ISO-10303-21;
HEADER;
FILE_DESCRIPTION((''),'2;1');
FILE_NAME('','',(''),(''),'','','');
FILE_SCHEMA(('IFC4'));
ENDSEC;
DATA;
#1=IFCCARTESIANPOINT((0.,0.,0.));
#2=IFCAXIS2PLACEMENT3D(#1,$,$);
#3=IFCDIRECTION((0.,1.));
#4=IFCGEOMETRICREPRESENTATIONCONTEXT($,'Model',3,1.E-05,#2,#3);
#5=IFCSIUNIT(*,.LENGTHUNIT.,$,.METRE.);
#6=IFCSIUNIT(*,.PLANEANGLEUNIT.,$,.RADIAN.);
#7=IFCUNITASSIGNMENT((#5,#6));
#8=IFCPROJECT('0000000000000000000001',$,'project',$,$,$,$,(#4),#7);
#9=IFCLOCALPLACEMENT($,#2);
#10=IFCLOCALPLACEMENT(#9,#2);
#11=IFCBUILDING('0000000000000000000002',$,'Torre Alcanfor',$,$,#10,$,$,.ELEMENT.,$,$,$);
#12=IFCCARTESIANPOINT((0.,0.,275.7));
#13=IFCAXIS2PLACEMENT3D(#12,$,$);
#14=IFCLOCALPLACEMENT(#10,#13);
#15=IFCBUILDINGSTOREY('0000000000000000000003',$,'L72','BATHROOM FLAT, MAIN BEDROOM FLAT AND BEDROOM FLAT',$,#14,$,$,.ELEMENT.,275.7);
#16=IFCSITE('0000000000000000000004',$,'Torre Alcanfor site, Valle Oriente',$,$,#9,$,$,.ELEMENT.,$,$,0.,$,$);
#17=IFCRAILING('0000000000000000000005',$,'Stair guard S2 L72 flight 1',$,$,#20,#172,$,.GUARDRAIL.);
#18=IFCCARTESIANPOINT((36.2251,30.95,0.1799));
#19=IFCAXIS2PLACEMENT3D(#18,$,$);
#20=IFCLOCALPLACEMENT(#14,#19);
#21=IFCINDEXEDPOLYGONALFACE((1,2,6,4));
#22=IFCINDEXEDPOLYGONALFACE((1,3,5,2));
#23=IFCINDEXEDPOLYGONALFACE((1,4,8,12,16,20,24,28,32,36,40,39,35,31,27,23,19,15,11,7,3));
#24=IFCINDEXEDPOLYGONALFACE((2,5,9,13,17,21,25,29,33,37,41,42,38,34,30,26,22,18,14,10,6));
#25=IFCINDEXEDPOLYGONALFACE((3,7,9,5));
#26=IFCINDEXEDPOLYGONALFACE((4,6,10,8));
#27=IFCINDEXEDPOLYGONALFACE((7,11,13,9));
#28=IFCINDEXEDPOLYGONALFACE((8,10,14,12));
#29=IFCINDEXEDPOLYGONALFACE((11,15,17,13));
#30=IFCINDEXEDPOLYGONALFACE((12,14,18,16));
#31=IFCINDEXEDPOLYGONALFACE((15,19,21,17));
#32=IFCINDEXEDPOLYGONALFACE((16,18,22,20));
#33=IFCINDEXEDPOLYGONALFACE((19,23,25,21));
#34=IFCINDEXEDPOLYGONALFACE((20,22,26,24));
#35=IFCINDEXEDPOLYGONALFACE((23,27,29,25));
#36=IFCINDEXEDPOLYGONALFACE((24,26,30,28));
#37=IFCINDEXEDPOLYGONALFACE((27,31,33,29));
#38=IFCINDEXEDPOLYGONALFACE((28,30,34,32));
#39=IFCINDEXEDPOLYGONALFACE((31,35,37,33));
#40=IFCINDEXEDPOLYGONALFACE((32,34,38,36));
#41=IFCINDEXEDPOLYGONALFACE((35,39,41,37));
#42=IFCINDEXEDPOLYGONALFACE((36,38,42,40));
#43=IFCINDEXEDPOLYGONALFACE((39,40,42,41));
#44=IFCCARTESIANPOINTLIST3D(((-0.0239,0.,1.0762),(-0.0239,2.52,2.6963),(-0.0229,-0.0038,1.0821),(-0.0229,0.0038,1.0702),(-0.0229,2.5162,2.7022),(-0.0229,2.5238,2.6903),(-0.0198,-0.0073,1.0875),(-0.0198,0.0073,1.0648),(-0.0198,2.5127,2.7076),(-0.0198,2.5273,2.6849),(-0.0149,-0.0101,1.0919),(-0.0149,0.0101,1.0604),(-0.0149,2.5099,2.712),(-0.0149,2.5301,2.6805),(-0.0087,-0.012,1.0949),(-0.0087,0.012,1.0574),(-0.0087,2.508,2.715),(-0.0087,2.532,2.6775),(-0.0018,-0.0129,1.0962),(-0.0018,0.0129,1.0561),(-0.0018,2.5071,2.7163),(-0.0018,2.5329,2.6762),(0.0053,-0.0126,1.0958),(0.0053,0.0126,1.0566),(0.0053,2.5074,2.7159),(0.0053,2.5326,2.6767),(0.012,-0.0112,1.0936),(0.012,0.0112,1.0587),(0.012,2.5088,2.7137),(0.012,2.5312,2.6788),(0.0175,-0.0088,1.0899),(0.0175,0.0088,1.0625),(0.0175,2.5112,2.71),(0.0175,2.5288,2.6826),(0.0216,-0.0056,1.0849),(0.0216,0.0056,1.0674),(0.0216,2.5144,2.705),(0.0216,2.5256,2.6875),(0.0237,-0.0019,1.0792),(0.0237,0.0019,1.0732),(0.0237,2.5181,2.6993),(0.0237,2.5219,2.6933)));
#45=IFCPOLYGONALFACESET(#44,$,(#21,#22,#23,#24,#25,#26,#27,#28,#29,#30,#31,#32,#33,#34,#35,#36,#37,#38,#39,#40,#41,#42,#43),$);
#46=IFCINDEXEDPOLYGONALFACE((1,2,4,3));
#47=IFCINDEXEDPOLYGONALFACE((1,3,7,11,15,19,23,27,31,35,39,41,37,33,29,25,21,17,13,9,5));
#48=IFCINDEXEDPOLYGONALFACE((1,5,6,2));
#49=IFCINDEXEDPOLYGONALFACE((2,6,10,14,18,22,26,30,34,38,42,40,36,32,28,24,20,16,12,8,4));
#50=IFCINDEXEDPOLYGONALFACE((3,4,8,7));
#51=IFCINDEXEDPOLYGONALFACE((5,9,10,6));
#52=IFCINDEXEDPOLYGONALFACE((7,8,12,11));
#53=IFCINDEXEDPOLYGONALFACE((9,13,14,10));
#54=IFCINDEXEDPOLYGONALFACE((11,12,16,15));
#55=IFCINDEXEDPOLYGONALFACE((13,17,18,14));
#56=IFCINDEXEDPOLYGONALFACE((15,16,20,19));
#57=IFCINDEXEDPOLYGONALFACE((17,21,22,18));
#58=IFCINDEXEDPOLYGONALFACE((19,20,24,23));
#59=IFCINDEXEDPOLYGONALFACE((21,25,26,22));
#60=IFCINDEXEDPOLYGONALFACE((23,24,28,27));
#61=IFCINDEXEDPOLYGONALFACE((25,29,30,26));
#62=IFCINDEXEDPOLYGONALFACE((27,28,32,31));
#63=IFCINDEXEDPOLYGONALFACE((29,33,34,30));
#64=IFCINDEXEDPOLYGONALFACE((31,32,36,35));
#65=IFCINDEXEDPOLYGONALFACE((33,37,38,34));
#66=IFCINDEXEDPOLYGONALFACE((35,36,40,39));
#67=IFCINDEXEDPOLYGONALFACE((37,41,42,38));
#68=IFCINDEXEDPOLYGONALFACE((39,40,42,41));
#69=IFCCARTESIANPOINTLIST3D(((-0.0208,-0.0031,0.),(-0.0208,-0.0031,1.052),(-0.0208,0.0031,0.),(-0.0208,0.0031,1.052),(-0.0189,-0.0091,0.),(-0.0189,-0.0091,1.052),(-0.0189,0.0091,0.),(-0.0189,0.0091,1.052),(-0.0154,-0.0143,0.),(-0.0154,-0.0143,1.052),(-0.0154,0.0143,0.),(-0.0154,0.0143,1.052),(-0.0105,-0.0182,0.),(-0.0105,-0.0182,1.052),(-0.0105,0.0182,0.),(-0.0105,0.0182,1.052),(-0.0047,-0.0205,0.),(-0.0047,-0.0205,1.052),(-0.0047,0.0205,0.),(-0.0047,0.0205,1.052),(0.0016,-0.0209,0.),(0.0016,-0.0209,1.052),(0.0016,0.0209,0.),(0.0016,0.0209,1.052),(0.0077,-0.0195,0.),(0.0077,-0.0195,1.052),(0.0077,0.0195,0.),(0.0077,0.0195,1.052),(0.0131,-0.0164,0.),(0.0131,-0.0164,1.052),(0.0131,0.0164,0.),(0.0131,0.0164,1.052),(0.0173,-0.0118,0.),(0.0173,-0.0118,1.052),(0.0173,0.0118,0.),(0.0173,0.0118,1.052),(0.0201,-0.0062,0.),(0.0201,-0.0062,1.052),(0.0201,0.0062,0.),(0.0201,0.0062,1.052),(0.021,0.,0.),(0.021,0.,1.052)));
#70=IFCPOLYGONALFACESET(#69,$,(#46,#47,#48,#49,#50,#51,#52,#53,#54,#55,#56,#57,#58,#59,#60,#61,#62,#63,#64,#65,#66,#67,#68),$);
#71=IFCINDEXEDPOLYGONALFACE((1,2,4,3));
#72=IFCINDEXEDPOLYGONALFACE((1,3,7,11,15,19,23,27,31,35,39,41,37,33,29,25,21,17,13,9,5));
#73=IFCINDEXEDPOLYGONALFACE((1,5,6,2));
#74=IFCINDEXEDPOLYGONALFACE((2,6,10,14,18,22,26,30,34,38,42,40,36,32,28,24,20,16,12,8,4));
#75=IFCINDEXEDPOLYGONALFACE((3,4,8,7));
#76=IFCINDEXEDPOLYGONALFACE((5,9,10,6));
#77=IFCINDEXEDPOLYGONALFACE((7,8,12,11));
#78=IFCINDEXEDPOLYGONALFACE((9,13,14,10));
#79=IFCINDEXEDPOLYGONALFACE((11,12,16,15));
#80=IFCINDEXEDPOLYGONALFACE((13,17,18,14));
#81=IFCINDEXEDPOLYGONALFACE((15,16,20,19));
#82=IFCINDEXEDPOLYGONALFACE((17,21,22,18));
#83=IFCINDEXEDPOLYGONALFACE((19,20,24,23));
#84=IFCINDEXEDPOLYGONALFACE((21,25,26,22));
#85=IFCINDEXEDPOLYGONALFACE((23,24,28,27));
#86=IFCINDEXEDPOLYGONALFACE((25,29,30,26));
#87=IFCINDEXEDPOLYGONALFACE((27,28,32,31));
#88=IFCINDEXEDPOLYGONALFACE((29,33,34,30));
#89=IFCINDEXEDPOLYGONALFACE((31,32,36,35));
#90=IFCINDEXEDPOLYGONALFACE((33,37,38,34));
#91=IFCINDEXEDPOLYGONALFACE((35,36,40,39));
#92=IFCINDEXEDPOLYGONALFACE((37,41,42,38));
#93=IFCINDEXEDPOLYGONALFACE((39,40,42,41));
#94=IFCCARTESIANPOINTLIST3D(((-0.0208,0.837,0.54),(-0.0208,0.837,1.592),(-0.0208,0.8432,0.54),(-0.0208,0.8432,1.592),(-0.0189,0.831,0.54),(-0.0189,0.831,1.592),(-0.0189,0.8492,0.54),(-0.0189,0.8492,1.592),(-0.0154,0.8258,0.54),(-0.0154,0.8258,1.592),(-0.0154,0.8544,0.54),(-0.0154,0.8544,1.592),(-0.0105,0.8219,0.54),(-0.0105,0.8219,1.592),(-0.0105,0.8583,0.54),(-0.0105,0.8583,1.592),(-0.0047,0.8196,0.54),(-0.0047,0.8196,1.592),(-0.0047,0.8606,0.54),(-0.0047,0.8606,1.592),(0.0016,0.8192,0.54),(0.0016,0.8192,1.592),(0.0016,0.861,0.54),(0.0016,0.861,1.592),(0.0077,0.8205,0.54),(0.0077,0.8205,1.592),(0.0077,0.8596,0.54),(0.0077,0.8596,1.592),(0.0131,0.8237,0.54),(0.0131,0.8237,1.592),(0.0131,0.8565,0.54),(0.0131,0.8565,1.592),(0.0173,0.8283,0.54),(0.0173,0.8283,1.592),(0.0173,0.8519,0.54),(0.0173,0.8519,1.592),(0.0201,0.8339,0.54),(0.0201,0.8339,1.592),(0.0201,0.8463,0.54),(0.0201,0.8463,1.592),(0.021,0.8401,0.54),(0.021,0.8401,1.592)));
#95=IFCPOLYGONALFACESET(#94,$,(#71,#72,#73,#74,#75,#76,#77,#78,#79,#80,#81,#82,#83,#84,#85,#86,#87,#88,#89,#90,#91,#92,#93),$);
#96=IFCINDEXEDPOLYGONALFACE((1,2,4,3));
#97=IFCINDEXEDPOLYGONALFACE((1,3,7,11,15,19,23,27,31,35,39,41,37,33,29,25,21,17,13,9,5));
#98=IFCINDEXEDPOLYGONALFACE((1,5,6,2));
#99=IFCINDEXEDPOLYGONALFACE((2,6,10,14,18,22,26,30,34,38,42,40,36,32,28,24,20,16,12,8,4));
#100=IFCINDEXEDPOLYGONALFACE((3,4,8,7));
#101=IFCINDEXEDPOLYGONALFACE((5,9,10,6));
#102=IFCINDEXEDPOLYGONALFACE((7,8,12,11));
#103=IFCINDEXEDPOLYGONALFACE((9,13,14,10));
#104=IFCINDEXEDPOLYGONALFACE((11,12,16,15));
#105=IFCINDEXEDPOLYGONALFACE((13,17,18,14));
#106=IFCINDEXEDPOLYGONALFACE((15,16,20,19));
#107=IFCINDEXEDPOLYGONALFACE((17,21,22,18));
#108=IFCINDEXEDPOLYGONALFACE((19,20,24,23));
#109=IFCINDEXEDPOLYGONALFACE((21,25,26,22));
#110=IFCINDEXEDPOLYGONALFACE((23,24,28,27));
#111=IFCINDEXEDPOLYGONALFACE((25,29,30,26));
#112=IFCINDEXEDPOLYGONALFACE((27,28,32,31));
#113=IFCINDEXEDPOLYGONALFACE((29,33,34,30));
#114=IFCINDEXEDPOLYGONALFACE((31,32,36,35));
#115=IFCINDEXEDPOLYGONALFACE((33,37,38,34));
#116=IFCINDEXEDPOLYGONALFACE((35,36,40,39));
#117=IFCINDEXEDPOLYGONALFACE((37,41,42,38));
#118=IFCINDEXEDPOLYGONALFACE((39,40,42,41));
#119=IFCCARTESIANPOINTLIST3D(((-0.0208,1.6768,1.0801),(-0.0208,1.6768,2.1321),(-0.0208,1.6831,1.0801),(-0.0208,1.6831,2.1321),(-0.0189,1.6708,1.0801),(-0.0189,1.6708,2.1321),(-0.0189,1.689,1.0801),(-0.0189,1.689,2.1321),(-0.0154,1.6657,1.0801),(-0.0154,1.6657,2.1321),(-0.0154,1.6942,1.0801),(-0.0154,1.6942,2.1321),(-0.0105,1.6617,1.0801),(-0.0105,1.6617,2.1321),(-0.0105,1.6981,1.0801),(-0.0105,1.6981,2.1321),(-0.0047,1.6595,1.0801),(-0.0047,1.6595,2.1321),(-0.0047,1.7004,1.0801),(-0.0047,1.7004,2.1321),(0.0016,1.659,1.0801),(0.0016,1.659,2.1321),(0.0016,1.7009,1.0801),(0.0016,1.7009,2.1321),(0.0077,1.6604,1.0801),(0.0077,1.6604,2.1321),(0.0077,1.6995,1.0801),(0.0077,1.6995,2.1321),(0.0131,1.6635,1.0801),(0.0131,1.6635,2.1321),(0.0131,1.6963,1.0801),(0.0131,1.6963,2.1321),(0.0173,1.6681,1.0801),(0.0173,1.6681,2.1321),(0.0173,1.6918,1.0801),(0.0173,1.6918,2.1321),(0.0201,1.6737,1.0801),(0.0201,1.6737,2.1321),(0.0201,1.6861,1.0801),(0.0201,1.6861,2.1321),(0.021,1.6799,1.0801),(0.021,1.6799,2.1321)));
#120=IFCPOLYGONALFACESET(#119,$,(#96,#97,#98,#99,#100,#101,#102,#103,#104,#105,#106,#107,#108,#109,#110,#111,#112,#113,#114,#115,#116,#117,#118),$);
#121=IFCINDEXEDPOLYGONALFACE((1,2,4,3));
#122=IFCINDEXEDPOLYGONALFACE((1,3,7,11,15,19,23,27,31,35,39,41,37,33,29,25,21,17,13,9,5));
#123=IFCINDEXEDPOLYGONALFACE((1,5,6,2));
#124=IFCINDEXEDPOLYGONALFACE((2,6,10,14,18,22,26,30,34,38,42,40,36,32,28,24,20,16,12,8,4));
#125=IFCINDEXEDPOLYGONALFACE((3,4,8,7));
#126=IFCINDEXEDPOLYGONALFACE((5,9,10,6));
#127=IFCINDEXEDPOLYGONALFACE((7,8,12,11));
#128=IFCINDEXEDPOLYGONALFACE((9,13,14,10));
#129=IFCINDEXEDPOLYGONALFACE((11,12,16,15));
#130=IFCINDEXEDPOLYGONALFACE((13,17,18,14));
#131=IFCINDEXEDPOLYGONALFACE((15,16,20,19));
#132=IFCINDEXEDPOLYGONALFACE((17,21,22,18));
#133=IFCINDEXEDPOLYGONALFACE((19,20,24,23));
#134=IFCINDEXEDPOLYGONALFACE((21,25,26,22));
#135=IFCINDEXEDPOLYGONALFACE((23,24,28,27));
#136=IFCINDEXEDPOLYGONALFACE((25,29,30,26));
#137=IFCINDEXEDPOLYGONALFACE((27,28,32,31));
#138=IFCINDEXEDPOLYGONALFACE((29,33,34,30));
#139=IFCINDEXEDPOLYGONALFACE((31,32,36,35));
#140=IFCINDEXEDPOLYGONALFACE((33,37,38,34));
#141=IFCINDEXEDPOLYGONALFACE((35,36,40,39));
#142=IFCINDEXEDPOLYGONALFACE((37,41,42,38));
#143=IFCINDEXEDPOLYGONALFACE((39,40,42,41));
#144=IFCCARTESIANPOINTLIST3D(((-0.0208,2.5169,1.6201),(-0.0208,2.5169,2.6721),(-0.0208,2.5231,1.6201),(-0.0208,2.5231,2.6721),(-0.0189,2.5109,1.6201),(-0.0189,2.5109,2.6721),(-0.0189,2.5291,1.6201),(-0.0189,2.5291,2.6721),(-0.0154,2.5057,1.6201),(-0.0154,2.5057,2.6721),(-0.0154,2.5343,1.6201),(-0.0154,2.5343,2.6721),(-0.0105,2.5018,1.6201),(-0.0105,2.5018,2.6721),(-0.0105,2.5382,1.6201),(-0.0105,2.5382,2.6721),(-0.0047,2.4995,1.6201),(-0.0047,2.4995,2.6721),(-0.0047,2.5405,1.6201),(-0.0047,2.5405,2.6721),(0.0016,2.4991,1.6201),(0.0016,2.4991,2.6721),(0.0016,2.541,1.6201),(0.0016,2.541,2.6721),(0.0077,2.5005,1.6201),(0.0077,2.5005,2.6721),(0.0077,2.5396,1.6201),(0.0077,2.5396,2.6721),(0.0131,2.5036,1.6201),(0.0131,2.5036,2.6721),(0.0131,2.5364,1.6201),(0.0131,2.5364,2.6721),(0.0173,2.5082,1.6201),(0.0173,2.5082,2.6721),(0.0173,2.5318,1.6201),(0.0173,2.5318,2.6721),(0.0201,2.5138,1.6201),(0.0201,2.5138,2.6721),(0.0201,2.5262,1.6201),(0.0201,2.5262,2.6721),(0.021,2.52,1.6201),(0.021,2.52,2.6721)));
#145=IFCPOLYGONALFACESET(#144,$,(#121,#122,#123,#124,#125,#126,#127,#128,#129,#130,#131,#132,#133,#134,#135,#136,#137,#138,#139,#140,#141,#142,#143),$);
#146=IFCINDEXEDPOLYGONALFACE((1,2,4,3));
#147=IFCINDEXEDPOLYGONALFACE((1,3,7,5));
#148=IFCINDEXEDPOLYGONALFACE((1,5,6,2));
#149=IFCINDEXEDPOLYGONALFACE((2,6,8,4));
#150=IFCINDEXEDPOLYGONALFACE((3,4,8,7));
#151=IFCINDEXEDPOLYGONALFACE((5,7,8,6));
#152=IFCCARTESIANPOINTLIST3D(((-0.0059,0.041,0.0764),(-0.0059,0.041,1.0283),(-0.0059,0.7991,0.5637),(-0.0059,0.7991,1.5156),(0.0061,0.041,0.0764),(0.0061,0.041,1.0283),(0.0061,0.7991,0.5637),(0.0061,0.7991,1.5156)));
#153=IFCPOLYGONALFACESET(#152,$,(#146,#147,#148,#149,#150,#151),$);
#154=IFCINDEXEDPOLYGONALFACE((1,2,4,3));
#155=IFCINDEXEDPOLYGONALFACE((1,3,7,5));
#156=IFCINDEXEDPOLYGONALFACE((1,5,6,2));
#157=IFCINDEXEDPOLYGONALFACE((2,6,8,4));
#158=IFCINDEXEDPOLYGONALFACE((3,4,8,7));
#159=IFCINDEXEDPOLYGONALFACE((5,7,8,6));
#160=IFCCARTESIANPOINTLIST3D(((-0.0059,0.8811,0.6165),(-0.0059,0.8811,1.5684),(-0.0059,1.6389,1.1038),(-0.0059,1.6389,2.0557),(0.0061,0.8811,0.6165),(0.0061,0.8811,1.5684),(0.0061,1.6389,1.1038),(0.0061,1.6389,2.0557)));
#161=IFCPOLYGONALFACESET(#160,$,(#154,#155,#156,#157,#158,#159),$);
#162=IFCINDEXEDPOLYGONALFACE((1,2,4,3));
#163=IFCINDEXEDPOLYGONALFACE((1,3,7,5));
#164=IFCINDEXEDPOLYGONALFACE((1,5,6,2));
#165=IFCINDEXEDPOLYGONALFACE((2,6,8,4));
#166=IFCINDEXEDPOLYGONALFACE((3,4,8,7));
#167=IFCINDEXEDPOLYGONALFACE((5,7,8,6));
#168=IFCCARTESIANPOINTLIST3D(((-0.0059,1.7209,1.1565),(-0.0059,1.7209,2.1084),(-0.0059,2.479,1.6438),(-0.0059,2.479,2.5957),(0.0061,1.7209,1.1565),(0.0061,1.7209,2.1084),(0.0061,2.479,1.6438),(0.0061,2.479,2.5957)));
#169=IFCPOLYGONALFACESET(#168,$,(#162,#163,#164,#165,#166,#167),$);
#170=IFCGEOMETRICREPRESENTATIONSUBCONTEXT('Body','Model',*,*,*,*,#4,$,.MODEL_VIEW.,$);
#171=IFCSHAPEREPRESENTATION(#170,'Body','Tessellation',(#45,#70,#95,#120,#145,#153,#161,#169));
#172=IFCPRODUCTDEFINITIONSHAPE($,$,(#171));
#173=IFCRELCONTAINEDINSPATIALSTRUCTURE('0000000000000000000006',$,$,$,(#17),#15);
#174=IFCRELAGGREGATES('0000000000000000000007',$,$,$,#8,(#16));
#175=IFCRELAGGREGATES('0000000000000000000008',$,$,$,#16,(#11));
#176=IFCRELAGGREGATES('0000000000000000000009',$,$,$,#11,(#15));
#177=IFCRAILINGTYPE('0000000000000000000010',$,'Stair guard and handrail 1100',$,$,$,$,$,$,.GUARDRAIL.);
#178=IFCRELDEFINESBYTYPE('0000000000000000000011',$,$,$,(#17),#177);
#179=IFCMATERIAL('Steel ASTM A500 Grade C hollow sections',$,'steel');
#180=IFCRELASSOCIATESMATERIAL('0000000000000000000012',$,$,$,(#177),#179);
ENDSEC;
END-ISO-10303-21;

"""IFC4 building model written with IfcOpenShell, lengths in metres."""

from ifc_helpers import new_model, si_unit, direction, frame, origin, origin_2d, place, context, subcontext, project, spatial, polyline, circle, outline, extrude, material, type_object, element, save


model = new_model("IFC4")

# Units and contexts
model_context = context("Model", 3, precision=1e-05, world=origin(), true_north=direction((0.0, 1.0)))
body_context = subcontext(model_context, "Body", "Model", "MODEL_VIEW")
ifc_project = project(units=[si_unit("LENGTHUNIT", "METRE"), si_unit("PLANEANGLEUNIT", "RADIAN")], contexts=[model_context])

# Site, building, storey
site_placement = place(None, origin())
site = spatial("IfcSite", under=ifc_project, at=site_placement, Name="Torre Alcanfor site, Valle Oriente", CompositionType="ELEMENT", RefElevation=0.0)
building_placement = place(site_placement, origin())
building = spatial("IfcBuilding", under=site, at=building_placement, Name="Torre Alcanfor", CompositionType="ELEMENT")
storey_placement = place(building_placement, frame((0.0, 0.0, 275.7)))
storey = spatial("IfcBuildingStorey", under=building, at=storey_placement, Name="L72", Description="BATHROOM FLAT, MAIN BEDROOM FLAT AND BEDROOM FLAT", CompositionType="ELEMENT", Elevation=275.7)

# Railing
ifc_material_1 = material(Name="Steel ASTM A500 Grade C hollow sections", Category="steel")
railing_type_1 = type_object("IfcRailingType", Name="Stair guard and handrail 1100", PredefinedType="GUARDRAIL", material=ifc_material_1)
railing_1_placement = place(storey_placement, frame((36.2251, 30.95, 0.1799)))
element("IfcRailing", 1, at=railing_1_placement, inside=storey, type_object=railing_type_1, Name="Stair guard S2 L72 flight 1", PredefinedType="GUARDRAIL", context=body_context, shape_type="SweptSolid", body=[
    extrude(circle(Radius=0.0239, at=origin_2d()), frame((0.0, 0.0, 1.0762), z_axis=(0.0, 0.841163, 0.540782), x_axis=(-1.0, 0.0, 0.0)), (0.0, 0.0, 1.0), 2.9958),
    extrude(circle(Radius=0.021, at=origin_2d()), origin(), (0.0, 0.0, 1.0), 1.052),
    extrude(circle(Radius=0.021, at=origin_2d()), frame((0.0, 0.8401, 0.54)), (0.0, 0.0, 1.0), 1.052),
    extrude(circle(Radius=0.021, at=origin_2d()), frame((0.0, 1.6799, 1.0801)), (0.0, 0.0, 1.0), 1.052),
    extrude(circle(Radius=0.021, at=origin_2d()), frame((0.0, 2.52, 1.6201)), (0.0, 0.0, 1.0), 1.052),
    extrude(outline(polyline([(0.041, 0.0764), (0.7991, 0.5637), (0.7991, 1.5156), (0.041, 1.0283), (0.041, 0.0764)])), frame((-0.0059, 0.0, 0.0), z_axis=(1.0, 0.0, 0.0), x_axis=(0.0, 1.0, 0.0)), (0.0, 0.0, 1.0), 0.012),
    extrude(outline(polyline([(0.8811, 0.6165), (1.6389, 1.1038), (1.6389, 2.0557), (0.8811, 1.5684), (0.8811, 0.6165)])), frame((-0.0059, 0.0, 0.0), z_axis=(1.0, 0.0, 0.0), x_axis=(0.0, 1.0, 0.0)), (0.0, 0.0, 1.0), 0.012),
    extrude(outline(polyline([(1.7209, 1.1565), (2.479, 1.6438), (2.479, 2.5957), (1.7209, 2.1084), (1.7209, 1.1565)])), frame((-0.0059, 0.0, 0.0), z_axis=(1.0, 0.0, 0.0), x_axis=(0.0, 1.0, 0.0)), (0.0, 0.0, 1.0), 0.012),
])

save(model, "model.ifc")
